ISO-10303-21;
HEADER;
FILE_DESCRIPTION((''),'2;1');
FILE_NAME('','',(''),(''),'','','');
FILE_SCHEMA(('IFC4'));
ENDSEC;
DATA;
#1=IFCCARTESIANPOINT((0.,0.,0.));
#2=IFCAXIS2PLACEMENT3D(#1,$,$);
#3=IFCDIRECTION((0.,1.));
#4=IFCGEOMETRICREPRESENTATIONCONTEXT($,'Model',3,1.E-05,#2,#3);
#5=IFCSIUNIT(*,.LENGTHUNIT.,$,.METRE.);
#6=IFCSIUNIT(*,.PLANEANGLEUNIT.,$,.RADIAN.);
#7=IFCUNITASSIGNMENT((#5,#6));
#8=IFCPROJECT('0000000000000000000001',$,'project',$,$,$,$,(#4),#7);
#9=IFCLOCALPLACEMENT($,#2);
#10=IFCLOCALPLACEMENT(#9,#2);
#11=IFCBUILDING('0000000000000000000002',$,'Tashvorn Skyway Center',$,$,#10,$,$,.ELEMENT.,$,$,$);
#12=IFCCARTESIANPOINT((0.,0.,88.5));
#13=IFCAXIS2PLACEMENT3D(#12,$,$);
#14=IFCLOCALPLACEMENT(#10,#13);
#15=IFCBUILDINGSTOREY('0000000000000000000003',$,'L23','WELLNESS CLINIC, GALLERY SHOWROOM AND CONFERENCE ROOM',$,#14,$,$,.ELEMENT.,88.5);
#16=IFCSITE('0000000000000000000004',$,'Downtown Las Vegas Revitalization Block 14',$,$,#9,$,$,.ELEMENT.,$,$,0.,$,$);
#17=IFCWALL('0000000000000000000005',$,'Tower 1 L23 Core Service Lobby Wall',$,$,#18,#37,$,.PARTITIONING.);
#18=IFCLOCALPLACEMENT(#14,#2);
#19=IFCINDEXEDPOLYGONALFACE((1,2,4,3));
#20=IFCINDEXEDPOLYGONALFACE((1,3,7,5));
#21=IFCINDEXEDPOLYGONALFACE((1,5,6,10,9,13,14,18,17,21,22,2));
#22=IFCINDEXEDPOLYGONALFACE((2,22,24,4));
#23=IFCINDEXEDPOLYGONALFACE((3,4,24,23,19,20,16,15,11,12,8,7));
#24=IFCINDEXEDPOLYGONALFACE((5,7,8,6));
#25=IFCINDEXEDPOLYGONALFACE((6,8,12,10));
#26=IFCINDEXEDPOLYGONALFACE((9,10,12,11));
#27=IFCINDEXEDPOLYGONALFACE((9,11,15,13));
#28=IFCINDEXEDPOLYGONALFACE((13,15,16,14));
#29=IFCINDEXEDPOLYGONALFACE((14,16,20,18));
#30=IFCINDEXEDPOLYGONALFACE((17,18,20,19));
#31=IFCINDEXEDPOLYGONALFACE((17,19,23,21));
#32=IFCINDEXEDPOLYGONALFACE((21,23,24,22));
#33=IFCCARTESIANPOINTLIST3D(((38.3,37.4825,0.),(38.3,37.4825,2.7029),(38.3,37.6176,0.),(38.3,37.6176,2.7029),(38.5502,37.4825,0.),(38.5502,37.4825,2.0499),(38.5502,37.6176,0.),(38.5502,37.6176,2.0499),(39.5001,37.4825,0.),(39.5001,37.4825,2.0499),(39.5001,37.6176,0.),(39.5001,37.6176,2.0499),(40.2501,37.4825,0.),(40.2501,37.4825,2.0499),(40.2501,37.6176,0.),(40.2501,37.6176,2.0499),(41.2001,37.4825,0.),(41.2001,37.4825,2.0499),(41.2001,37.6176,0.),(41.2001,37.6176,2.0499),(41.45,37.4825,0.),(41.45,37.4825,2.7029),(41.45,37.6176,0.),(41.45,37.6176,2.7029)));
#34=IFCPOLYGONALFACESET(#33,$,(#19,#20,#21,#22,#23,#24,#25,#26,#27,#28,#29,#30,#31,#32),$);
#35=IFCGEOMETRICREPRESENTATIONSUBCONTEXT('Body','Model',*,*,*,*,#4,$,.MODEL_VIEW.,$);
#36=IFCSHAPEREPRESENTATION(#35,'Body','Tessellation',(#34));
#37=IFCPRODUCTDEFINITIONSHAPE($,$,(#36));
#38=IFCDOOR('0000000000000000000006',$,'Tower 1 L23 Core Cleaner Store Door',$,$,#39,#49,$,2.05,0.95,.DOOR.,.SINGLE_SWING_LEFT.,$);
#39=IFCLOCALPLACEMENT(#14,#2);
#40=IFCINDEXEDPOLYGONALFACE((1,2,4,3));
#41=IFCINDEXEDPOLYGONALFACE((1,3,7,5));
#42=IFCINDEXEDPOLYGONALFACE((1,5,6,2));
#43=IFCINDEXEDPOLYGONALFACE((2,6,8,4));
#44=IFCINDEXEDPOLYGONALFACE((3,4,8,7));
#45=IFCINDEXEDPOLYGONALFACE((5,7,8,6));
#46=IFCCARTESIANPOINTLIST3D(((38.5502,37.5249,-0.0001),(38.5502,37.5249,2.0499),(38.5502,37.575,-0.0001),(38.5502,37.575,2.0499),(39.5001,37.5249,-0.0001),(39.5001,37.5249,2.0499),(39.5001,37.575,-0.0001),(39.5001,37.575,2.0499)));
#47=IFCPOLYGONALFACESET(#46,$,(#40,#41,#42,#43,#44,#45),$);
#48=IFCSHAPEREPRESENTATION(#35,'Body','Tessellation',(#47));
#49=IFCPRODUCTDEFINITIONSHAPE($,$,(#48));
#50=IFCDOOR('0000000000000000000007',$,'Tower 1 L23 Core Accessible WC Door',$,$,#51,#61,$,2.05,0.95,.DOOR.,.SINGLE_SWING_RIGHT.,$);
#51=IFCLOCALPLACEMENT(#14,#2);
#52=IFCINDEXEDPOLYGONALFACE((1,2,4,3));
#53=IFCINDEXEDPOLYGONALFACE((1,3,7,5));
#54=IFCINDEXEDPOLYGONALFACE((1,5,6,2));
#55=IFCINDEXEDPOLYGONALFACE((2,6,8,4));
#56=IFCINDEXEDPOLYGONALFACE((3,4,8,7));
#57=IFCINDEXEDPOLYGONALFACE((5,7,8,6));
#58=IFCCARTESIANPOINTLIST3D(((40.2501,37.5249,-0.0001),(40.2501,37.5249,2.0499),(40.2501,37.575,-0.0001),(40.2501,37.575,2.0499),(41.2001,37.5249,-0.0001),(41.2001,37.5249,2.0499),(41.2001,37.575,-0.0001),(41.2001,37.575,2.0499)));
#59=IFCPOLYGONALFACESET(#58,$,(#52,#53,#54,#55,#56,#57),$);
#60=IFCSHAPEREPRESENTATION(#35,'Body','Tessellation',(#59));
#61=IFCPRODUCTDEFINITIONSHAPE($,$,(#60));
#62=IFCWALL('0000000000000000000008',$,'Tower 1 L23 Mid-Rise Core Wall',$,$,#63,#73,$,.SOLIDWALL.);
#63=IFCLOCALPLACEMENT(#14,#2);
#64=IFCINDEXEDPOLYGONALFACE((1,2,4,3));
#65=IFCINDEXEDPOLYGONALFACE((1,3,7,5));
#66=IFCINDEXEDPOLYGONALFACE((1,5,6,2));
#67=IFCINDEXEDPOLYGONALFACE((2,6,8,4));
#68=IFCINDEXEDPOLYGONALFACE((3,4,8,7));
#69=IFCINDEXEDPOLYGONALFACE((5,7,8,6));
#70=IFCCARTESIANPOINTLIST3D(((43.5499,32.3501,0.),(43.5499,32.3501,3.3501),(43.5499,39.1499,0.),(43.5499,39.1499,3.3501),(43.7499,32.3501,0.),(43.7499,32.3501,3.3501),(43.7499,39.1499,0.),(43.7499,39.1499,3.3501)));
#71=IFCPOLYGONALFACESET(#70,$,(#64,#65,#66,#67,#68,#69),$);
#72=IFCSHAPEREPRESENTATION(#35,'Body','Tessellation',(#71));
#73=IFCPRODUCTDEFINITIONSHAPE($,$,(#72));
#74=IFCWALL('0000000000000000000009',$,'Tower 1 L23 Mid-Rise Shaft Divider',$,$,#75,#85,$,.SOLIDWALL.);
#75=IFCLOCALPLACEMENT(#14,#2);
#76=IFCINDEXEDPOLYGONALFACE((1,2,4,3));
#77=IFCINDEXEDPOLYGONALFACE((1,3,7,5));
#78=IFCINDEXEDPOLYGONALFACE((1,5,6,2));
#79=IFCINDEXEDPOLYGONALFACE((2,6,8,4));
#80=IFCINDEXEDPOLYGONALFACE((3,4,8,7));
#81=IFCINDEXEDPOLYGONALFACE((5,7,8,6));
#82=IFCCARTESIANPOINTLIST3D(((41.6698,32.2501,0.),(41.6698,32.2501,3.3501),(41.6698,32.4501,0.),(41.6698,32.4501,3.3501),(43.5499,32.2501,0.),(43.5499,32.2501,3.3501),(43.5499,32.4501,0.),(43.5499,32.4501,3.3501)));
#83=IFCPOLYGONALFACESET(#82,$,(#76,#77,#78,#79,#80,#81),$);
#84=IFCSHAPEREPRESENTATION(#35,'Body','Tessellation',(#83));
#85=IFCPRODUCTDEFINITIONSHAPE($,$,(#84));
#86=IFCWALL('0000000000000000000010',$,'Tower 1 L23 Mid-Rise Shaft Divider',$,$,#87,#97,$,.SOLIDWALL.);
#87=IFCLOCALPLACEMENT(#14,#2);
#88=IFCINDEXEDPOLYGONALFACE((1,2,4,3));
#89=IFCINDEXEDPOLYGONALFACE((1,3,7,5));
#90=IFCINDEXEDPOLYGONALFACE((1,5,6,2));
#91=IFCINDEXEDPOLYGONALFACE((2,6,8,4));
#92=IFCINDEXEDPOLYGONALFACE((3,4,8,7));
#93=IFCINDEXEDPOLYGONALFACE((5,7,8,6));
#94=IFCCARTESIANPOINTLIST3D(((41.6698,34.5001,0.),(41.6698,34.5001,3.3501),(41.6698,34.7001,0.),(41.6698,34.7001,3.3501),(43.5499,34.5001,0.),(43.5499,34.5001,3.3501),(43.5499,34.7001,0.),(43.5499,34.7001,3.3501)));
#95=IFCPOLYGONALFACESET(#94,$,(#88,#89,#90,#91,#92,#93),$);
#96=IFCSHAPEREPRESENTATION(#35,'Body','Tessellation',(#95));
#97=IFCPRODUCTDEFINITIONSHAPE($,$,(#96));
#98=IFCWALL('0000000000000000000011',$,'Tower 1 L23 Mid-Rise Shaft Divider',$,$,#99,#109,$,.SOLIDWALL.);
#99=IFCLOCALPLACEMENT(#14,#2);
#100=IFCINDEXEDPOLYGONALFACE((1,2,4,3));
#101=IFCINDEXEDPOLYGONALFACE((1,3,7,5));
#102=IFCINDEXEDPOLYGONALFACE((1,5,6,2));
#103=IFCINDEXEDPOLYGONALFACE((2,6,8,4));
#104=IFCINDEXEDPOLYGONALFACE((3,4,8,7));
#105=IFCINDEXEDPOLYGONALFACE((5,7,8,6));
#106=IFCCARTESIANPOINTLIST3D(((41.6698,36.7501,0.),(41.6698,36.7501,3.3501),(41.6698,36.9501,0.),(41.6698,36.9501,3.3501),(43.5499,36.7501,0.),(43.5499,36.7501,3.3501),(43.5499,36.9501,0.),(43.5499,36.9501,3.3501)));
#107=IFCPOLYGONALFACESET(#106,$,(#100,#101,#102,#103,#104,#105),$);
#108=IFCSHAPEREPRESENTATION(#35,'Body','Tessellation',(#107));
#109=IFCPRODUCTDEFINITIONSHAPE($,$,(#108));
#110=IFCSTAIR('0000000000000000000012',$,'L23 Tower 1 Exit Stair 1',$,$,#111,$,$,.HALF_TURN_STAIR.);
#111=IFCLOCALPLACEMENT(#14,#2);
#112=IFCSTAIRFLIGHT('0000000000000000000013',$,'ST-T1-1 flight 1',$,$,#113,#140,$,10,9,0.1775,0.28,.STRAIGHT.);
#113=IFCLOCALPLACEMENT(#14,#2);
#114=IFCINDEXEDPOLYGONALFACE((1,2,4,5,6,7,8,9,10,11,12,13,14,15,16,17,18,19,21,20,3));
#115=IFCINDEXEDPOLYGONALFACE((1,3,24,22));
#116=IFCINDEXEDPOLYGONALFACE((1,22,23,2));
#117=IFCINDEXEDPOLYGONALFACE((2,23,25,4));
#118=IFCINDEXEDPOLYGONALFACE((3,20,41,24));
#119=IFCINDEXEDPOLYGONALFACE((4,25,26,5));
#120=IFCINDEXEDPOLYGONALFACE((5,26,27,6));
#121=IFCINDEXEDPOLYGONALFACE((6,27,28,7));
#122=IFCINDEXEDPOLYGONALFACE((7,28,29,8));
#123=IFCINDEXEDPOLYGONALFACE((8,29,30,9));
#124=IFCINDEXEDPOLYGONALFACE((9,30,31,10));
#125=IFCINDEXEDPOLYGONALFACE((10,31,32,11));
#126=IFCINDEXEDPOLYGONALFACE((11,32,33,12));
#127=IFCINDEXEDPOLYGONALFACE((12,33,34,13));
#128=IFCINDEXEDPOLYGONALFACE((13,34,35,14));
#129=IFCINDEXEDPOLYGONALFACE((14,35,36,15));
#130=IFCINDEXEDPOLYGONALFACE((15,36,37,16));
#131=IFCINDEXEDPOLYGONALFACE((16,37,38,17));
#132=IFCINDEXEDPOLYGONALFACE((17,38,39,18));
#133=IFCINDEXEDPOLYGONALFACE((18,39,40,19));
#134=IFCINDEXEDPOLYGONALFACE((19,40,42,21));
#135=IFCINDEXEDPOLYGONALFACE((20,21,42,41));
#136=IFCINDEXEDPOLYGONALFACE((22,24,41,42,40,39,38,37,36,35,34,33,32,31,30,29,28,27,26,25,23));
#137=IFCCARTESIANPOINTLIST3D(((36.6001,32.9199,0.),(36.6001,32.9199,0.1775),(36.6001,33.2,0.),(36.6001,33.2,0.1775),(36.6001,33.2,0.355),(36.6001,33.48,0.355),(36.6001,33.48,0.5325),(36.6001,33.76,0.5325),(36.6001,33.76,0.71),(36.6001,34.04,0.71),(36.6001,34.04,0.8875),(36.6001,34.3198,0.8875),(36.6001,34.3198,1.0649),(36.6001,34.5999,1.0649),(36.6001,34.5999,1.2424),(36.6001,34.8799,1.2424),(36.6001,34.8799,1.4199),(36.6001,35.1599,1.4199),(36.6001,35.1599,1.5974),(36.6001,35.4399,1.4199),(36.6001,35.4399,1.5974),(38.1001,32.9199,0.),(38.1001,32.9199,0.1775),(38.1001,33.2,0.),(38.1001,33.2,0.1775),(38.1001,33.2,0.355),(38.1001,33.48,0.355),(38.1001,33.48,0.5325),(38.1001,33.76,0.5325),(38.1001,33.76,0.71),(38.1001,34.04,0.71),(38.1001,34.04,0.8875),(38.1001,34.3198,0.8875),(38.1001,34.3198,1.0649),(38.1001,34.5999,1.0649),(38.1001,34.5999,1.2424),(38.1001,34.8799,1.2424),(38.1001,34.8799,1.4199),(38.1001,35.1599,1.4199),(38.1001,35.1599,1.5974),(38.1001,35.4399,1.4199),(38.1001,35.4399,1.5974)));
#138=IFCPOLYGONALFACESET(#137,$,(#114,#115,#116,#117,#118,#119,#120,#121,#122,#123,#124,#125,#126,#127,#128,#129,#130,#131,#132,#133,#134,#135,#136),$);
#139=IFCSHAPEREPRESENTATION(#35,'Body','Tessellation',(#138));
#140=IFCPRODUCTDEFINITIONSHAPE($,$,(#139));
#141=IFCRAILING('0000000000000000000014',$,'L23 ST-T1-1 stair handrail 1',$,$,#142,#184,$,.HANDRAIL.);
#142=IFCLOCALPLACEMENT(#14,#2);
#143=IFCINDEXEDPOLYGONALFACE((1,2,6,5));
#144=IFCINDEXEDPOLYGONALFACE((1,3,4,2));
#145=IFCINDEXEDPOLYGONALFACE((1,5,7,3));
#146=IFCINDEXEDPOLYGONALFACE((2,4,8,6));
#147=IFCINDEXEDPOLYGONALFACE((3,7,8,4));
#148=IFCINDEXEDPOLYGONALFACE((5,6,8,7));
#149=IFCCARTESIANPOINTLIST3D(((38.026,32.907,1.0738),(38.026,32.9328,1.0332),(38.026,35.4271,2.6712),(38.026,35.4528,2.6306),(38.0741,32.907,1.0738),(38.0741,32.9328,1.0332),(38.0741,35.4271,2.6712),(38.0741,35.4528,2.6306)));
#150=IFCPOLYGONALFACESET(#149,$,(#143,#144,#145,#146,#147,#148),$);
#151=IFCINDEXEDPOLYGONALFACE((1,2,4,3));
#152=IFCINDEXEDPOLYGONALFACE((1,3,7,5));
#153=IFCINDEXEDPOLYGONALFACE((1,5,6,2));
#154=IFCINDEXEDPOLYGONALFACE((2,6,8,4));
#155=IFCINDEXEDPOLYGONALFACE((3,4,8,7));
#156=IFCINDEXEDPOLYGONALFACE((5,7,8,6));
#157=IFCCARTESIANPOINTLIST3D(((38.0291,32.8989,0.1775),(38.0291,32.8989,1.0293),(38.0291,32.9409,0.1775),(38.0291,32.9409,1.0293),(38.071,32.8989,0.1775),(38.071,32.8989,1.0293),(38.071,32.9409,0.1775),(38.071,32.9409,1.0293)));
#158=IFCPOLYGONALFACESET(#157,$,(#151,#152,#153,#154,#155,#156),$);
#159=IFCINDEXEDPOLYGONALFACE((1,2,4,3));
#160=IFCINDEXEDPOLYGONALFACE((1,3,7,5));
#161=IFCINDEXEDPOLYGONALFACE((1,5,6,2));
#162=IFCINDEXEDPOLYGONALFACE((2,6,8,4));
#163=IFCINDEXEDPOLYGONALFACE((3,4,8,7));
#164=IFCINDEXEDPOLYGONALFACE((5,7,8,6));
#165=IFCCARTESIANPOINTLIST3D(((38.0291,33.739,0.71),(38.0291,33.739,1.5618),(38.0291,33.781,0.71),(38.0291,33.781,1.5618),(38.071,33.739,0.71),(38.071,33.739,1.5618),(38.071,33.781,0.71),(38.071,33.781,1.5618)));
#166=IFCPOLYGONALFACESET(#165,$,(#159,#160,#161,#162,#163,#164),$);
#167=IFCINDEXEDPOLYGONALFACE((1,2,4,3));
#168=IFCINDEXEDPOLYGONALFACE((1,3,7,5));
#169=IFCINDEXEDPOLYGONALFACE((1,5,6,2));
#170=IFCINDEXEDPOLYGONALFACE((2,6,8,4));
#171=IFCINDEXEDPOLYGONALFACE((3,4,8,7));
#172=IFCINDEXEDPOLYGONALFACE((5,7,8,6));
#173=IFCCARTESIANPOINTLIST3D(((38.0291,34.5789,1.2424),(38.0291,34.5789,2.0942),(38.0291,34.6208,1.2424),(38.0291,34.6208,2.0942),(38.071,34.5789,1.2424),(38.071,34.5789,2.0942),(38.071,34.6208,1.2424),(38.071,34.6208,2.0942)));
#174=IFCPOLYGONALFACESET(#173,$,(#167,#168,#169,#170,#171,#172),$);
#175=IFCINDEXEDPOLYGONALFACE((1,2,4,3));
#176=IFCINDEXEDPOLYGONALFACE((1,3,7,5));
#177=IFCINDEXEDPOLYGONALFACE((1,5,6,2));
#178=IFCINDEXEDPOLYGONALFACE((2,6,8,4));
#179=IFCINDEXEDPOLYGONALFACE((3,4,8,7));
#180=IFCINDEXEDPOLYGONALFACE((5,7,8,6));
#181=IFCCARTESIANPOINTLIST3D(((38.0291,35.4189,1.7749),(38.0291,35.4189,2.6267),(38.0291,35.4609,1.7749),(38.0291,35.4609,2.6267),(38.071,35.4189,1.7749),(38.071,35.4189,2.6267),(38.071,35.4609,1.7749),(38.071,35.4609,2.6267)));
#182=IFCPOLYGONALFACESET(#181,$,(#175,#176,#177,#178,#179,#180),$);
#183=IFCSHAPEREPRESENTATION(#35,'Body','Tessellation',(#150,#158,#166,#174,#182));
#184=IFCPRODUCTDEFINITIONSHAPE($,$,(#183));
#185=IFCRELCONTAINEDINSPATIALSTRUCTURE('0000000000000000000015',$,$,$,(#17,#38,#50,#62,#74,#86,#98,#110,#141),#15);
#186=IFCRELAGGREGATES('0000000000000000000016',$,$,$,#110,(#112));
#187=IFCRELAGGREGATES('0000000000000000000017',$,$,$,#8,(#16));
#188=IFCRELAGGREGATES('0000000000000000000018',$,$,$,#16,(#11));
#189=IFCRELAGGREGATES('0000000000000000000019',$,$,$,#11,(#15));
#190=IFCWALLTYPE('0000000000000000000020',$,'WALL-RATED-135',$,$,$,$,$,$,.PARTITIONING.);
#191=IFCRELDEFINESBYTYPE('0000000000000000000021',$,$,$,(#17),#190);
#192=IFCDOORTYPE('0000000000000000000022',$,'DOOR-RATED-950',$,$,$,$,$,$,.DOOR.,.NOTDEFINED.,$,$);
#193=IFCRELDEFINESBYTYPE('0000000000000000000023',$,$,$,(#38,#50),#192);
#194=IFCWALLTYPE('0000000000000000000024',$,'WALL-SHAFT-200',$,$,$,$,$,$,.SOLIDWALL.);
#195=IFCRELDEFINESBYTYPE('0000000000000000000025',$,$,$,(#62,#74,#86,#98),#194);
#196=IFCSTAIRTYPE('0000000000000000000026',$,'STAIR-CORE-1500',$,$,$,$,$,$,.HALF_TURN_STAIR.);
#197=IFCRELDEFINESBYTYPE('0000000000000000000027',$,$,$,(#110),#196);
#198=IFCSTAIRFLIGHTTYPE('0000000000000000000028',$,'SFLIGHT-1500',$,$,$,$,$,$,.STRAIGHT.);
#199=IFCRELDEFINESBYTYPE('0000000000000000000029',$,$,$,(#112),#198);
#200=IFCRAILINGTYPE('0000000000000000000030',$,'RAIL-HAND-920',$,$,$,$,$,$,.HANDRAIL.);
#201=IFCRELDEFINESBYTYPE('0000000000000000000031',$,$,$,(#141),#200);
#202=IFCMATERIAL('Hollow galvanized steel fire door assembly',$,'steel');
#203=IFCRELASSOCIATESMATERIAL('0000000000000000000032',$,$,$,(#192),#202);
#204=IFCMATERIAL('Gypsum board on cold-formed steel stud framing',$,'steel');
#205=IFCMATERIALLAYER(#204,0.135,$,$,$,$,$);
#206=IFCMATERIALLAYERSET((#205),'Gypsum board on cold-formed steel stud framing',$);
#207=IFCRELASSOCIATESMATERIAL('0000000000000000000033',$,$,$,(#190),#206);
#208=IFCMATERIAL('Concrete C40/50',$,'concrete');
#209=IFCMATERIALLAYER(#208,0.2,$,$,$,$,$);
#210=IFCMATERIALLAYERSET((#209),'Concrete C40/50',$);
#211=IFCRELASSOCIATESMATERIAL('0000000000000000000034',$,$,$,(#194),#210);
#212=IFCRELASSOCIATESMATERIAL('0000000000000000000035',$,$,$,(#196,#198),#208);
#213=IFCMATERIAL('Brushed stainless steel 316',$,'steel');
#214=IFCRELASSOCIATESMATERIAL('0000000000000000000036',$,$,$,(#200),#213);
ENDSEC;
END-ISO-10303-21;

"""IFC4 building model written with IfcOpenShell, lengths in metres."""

from ifc_helpers import new_model, si_unit, direction, frame, frame_2d, origin, origin_2d, place, context, subcontext, project, spatial, polyline, rectangle, outline, extrude, material, layer, layer_set, type_object, element, fill, aggregate, save


model = new_model("IFC4")

# Units and contexts
model_context = context("Model", 3, precision=1e-05, world=origin(), true_north=direction((0.0, 1.0)))
body_context = subcontext(model_context, "Body", "Model", "MODEL_VIEW")
ifc_project = project(units=[si_unit("LENGTHUNIT", "METRE"), si_unit("PLANEANGLEUNIT", "RADIAN")], contexts=[model_context])

# Site, building, storey
site_placement = place(None, origin())
site = spatial("IfcSite", under=ifc_project, at=site_placement, Name="Downtown Las Vegas Revitalization Block 14", CompositionType="ELEMENT", RefElevation=0.0)
building_placement = place(site_placement, origin())
building = spatial("IfcBuilding", under=site, at=building_placement, Name="Tashvorn Skyway Center", CompositionType="ELEMENT")
storey_placement = place(building_placement, frame((0.0, 0.0, 88.5)))
storey = spatial("IfcBuildingStorey", under=building, at=storey_placement, Name="L23", Description="WELLNESS CLINIC, GALLERY SHOWROOM AND CONFERENCE ROOM", CompositionType="ELEMENT", Elevation=88.5)

# Shared definitions
ifc_material_1 = material(Name="Concrete C40/50", Category="concrete")
ifc_material_2 = material(Name="Hollow galvanized steel fire door assembly", Category="steel")
door_type = type_object("IfcDoorType", Name="DOOR-RATED-950", OperationType="NOTDEFINED", PredefinedType="DOOR", material=ifc_material_2)

# Shared definitions
ifc_material_3 = material(Name="Gypsum board on cold-formed steel stud framing", Category="steel")

# Wall, openings, doors
ifc_layer_1 = layer(ifc_material_3, 0.135)
ifc_layer_set_1 = layer_set([ifc_layer_1], Name="Gypsum board on cold-formed steel stud framing")
wall_type_1 = type_object("IfcWallType", Name="WALL-RATED-135", PredefinedType="PARTITIONING", material=ifc_layer_set_1)
wall_1_placement = place(storey_placement, frame((38.3, 37.55, 0.0), z_axis=(0.0, 0.0, 1.0), x_axis=(1.0, 0.0, 0.0)))
wall_1 = element("IfcWall", 1, at=wall_1_placement, inside=storey, type_object=wall_type_1, Name="Tower 1 L23 Core Service Lobby Wall", PredefinedType="PARTITIONING", context=body_context, shape_type="SweptSolid", body=[
    extrude(rectangle(XDim=3.1499, YDim=0.135, at=frame_2d((1.575, 0.0))), origin(), (0.0, 0.0, 1.0), 2.7029),
])
opening_1_placement = place(wall_1_placement, frame((0.25, 0.0, 0.0)))
opening_1 = element("IfcOpeningElement", 2, at=opening_1_placement, cuts=wall_1, PredefinedType="OPENING", context=body_context, shape_type="SweptSolid", body=[
    extrude(rectangle(XDim=0.95, YDim=2.05, at=frame_2d((0.4751, 1.0249))), frame((0.0, 0.0774, 0.0), z_axis=(0.0, -1.0, 0.0), x_axis=(1.0, 0.0, 0.0)), (0.0, 0.0, 1.0), 0.155),
])
opening_2_placement = place(wall_1_placement, frame((1.95, 0.0, 0.0)))
opening_2 = element("IfcOpeningElement", 3, at=opening_2_placement, cuts=wall_1, PredefinedType="OPENING", context=body_context, shape_type="SweptSolid", body=[
    extrude(rectangle(XDim=0.95, YDim=2.05, at=frame_2d((0.4751, 1.0249))), frame((0.0, 0.0774, 0.0), z_axis=(0.0, -1.0, 0.0), x_axis=(1.0, 0.0, 0.0)), (0.0, 0.0, 1.0), 0.155),
])
door_1_placement = place(opening_1_placement, origin())
door_1 = element("IfcDoor", 4, at=door_1_placement, inside=storey, type_object=door_type, Name="Tower 1 L23 Core Cleaner Store Door", OperationType="SINGLE_SWING_LEFT", OverallHeight=2.05, OverallWidth=0.95, PredefinedType="DOOR", context=body_context, shape_type="SweptSolid", body=[
    extrude(rectangle(XDim=0.95, YDim=2.05, at=frame_2d((0.4751, 1.0249))), frame((0.0, 0.0249, 0.0), z_axis=(0.0, -1.0, 0.0), x_axis=(1.0, 0.0, 0.0)), (0.0, 0.0, 1.0), 0.05),
])
fill(opening_1, door_1)
door_2_placement = place(opening_2_placement, origin())
door_2 = element("IfcDoor", 5, at=door_2_placement, inside=storey, type_object=door_type, Name="Tower 1 L23 Core Accessible WC Door", OperationType="SINGLE_SWING_RIGHT", OverallHeight=2.05, OverallWidth=0.95, PredefinedType="DOOR", context=body_context, shape_type="SweptSolid", body=[
    extrude(rectangle(XDim=0.95, YDim=2.05, at=frame_2d((0.4751, 1.0249))), frame((0.0, 0.0249, 0.0), z_axis=(0.0, -1.0, 0.0), x_axis=(1.0, 0.0, 0.0)), (0.0, 0.0, 1.0), 0.05),
])
fill(opening_2, door_2)

# Walls
ifc_layer_2 = layer(ifc_material_1, 0.2)
ifc_layer_set_2 = layer_set([ifc_layer_2], Name="Concrete C40/50")
wall_type_2 = type_object("IfcWallType", Name="WALL-SHAFT-200", PredefinedType="SOLIDWALL", material=ifc_layer_set_2)
wall_2_placement = place(storey_placement, frame((43.6499, 32.3501, 0.0), z_axis=(0.0, 0.0, 1.0), x_axis=(0.0, 1.0, 0.0)))
element("IfcWall", 6, at=wall_2_placement, inside=storey, type_object=wall_type_2, Name="Tower 1 L23 Mid-Rise Core Wall", PredefinedType="SOLIDWALL", context=body_context, shape_type="SweptSolid", body=[
    extrude(rectangle(XDim=6.7998, YDim=0.2, at=frame_2d((3.3999, 0.0))), origin(), (0.0, 0.0, 1.0), 3.3501),
])
for number, where, z_axis, x_axis, name in (
    (7, (41.6699, 32.3501, 0.0), (0.0, 0.0, 1.0), (1.0, 0.0, 0.0), "Tower 1 L23 Mid-Rise Shaft Divider"),
    (8, (41.6699, 34.6001, 0.0), (0.0, 0.0, 1.0), (1.0, 0.0, 0.0), "Tower 1 L23 Mid-Rise Shaft Divider"),
    (9, (41.6699, 36.8501, 0.0), (0.0, 0.0, 1.0), (1.0, 0.0, 0.0), "Tower 1 L23 Mid-Rise Shaft Divider"),
):
    element("IfcWall", number, at=place(storey_placement, frame(where, z_axis=z_axis, x_axis=x_axis)), inside=storey, type_object=wall_type_2, Name=name, PredefinedType="SOLIDWALL", context=body_context, shape_type="SweptSolid", body=[
        extrude(rectangle(XDim=1.8801, YDim=0.2, at=frame_2d((0.9399, 0.0))), origin(), (0.0, 0.0, 1.0), 3.3501),
    ])

# Stair, stair flight
stair_type = type_object("IfcStairType", Name="STAIR-CORE-1500", PredefinedType="HALF_TURN_STAIR", material=ifc_material_1)
stair_placement = place(storey_placement, origin())
stair = element("IfcStair", 10, at=stair_placement, inside=storey, type_object=stair_type, Name="L23 Tower 1 Exit Stair 1", PredefinedType="HALF_TURN_STAIR")
stair_flight_type = type_object("IfcStairFlightType", Name="SFLIGHT-1500", PredefinedType="STRAIGHT", material=ifc_material_1)
stair_flight_placement = place(storey_placement, frame((37.3501, 32.9199, 0.0), z_axis=(0.0, 0.0, 1.0), x_axis=(0.0, 1.0, 0.0)))
stair_flight = element("IfcStairFlight", 11, at=stair_flight_placement, type_object=stair_flight_type, Name="ST-T1-1 flight 1", NumberOfRisers=10, NumberOfTreads=9, PredefinedType="STRAIGHT", RiserHeight=0.1775, TreadLength=0.28, context=body_context, shape_type="SweptSolid", body=[
    extrude(outline(polyline([(0.0, 0.0), (0.0, 0.1775), (0.28, 0.1775), (0.28, 0.355), (0.5601, 0.355), (0.5601, 0.5325), (0.8401, 0.5325), (0.8401, 0.71), (1.1201, 0.71), (1.1201, 0.8875), (1.3999, 0.8875), (1.3999, 1.0649), (1.6799, 1.0649), (1.6799, 1.2424), (1.96, 1.2424), (1.96, 1.4199), (2.24, 1.4199), (2.24, 1.5974), (2.52, 1.5974), (2.52, 1.7749), (2.52, 1.4199), (0.28, 0.0), (0.0, 0.0)])), frame((0.0, 0.75, 0.0), z_axis=(0.0, -1.0, 0.0), x_axis=(1.0, 0.0, 0.0)), (0.0, 0.0, 1.0), 1.5),
])
aggregate(stair, [stair_flight])

# Railing
ifc_material_4 = material(Name="Brushed stainless steel 316", Category="steel")
railing_type_1 = type_object("IfcRailingType", Name="RAIL-HAND-920", PredefinedType="HANDRAIL", material=ifc_material_4)
railing_1_placement = place(storey_placement, frame((38.05, 32.9199, 0.1775)))
element("IfcRailing", 12, at=railing_1_placement, inside=storey, type_object=railing_type_1, Name="L23 ST-T1-1 stair handrail 1", PredefinedType="HANDRAIL", context=body_context, shape_type="SweptSolid", body=[
    extrude(rectangle(XDim=0.0481, YDim=0.0481, at=origin_2d()), frame((0.0, 0.0, 0.876), z_axis=(0.0, 0.844607, 0.535387), x_axis=(-1.0, 0.0, 0.0)), (0.0, 0.0, 1.0), 2.9836),
    extrude(rectangle(XDim=0.042, YDim=0.042, at=origin_2d()), origin(), (0.0, 0.0, 1.0), 0.8518),
    extrude(rectangle(XDim=0.042, YDim=0.042, at=origin_2d()), frame((0.0, 0.8401, 0.5325)), (0.0, 0.0, 1.0), 0.8518),
    extrude(rectangle(XDim=0.042, YDim=0.042, at=origin_2d()), frame((0.0, 1.6799, 1.0649)), (0.0, 0.0, 1.0), 0.8518),
    extrude(rectangle(XDim=0.042, YDim=0.042, at=origin_2d()), frame((0.0, 2.52, 1.5974)), (0.0, 0.0, 1.0), 0.8518),
])

save(model, "model.ifc")
